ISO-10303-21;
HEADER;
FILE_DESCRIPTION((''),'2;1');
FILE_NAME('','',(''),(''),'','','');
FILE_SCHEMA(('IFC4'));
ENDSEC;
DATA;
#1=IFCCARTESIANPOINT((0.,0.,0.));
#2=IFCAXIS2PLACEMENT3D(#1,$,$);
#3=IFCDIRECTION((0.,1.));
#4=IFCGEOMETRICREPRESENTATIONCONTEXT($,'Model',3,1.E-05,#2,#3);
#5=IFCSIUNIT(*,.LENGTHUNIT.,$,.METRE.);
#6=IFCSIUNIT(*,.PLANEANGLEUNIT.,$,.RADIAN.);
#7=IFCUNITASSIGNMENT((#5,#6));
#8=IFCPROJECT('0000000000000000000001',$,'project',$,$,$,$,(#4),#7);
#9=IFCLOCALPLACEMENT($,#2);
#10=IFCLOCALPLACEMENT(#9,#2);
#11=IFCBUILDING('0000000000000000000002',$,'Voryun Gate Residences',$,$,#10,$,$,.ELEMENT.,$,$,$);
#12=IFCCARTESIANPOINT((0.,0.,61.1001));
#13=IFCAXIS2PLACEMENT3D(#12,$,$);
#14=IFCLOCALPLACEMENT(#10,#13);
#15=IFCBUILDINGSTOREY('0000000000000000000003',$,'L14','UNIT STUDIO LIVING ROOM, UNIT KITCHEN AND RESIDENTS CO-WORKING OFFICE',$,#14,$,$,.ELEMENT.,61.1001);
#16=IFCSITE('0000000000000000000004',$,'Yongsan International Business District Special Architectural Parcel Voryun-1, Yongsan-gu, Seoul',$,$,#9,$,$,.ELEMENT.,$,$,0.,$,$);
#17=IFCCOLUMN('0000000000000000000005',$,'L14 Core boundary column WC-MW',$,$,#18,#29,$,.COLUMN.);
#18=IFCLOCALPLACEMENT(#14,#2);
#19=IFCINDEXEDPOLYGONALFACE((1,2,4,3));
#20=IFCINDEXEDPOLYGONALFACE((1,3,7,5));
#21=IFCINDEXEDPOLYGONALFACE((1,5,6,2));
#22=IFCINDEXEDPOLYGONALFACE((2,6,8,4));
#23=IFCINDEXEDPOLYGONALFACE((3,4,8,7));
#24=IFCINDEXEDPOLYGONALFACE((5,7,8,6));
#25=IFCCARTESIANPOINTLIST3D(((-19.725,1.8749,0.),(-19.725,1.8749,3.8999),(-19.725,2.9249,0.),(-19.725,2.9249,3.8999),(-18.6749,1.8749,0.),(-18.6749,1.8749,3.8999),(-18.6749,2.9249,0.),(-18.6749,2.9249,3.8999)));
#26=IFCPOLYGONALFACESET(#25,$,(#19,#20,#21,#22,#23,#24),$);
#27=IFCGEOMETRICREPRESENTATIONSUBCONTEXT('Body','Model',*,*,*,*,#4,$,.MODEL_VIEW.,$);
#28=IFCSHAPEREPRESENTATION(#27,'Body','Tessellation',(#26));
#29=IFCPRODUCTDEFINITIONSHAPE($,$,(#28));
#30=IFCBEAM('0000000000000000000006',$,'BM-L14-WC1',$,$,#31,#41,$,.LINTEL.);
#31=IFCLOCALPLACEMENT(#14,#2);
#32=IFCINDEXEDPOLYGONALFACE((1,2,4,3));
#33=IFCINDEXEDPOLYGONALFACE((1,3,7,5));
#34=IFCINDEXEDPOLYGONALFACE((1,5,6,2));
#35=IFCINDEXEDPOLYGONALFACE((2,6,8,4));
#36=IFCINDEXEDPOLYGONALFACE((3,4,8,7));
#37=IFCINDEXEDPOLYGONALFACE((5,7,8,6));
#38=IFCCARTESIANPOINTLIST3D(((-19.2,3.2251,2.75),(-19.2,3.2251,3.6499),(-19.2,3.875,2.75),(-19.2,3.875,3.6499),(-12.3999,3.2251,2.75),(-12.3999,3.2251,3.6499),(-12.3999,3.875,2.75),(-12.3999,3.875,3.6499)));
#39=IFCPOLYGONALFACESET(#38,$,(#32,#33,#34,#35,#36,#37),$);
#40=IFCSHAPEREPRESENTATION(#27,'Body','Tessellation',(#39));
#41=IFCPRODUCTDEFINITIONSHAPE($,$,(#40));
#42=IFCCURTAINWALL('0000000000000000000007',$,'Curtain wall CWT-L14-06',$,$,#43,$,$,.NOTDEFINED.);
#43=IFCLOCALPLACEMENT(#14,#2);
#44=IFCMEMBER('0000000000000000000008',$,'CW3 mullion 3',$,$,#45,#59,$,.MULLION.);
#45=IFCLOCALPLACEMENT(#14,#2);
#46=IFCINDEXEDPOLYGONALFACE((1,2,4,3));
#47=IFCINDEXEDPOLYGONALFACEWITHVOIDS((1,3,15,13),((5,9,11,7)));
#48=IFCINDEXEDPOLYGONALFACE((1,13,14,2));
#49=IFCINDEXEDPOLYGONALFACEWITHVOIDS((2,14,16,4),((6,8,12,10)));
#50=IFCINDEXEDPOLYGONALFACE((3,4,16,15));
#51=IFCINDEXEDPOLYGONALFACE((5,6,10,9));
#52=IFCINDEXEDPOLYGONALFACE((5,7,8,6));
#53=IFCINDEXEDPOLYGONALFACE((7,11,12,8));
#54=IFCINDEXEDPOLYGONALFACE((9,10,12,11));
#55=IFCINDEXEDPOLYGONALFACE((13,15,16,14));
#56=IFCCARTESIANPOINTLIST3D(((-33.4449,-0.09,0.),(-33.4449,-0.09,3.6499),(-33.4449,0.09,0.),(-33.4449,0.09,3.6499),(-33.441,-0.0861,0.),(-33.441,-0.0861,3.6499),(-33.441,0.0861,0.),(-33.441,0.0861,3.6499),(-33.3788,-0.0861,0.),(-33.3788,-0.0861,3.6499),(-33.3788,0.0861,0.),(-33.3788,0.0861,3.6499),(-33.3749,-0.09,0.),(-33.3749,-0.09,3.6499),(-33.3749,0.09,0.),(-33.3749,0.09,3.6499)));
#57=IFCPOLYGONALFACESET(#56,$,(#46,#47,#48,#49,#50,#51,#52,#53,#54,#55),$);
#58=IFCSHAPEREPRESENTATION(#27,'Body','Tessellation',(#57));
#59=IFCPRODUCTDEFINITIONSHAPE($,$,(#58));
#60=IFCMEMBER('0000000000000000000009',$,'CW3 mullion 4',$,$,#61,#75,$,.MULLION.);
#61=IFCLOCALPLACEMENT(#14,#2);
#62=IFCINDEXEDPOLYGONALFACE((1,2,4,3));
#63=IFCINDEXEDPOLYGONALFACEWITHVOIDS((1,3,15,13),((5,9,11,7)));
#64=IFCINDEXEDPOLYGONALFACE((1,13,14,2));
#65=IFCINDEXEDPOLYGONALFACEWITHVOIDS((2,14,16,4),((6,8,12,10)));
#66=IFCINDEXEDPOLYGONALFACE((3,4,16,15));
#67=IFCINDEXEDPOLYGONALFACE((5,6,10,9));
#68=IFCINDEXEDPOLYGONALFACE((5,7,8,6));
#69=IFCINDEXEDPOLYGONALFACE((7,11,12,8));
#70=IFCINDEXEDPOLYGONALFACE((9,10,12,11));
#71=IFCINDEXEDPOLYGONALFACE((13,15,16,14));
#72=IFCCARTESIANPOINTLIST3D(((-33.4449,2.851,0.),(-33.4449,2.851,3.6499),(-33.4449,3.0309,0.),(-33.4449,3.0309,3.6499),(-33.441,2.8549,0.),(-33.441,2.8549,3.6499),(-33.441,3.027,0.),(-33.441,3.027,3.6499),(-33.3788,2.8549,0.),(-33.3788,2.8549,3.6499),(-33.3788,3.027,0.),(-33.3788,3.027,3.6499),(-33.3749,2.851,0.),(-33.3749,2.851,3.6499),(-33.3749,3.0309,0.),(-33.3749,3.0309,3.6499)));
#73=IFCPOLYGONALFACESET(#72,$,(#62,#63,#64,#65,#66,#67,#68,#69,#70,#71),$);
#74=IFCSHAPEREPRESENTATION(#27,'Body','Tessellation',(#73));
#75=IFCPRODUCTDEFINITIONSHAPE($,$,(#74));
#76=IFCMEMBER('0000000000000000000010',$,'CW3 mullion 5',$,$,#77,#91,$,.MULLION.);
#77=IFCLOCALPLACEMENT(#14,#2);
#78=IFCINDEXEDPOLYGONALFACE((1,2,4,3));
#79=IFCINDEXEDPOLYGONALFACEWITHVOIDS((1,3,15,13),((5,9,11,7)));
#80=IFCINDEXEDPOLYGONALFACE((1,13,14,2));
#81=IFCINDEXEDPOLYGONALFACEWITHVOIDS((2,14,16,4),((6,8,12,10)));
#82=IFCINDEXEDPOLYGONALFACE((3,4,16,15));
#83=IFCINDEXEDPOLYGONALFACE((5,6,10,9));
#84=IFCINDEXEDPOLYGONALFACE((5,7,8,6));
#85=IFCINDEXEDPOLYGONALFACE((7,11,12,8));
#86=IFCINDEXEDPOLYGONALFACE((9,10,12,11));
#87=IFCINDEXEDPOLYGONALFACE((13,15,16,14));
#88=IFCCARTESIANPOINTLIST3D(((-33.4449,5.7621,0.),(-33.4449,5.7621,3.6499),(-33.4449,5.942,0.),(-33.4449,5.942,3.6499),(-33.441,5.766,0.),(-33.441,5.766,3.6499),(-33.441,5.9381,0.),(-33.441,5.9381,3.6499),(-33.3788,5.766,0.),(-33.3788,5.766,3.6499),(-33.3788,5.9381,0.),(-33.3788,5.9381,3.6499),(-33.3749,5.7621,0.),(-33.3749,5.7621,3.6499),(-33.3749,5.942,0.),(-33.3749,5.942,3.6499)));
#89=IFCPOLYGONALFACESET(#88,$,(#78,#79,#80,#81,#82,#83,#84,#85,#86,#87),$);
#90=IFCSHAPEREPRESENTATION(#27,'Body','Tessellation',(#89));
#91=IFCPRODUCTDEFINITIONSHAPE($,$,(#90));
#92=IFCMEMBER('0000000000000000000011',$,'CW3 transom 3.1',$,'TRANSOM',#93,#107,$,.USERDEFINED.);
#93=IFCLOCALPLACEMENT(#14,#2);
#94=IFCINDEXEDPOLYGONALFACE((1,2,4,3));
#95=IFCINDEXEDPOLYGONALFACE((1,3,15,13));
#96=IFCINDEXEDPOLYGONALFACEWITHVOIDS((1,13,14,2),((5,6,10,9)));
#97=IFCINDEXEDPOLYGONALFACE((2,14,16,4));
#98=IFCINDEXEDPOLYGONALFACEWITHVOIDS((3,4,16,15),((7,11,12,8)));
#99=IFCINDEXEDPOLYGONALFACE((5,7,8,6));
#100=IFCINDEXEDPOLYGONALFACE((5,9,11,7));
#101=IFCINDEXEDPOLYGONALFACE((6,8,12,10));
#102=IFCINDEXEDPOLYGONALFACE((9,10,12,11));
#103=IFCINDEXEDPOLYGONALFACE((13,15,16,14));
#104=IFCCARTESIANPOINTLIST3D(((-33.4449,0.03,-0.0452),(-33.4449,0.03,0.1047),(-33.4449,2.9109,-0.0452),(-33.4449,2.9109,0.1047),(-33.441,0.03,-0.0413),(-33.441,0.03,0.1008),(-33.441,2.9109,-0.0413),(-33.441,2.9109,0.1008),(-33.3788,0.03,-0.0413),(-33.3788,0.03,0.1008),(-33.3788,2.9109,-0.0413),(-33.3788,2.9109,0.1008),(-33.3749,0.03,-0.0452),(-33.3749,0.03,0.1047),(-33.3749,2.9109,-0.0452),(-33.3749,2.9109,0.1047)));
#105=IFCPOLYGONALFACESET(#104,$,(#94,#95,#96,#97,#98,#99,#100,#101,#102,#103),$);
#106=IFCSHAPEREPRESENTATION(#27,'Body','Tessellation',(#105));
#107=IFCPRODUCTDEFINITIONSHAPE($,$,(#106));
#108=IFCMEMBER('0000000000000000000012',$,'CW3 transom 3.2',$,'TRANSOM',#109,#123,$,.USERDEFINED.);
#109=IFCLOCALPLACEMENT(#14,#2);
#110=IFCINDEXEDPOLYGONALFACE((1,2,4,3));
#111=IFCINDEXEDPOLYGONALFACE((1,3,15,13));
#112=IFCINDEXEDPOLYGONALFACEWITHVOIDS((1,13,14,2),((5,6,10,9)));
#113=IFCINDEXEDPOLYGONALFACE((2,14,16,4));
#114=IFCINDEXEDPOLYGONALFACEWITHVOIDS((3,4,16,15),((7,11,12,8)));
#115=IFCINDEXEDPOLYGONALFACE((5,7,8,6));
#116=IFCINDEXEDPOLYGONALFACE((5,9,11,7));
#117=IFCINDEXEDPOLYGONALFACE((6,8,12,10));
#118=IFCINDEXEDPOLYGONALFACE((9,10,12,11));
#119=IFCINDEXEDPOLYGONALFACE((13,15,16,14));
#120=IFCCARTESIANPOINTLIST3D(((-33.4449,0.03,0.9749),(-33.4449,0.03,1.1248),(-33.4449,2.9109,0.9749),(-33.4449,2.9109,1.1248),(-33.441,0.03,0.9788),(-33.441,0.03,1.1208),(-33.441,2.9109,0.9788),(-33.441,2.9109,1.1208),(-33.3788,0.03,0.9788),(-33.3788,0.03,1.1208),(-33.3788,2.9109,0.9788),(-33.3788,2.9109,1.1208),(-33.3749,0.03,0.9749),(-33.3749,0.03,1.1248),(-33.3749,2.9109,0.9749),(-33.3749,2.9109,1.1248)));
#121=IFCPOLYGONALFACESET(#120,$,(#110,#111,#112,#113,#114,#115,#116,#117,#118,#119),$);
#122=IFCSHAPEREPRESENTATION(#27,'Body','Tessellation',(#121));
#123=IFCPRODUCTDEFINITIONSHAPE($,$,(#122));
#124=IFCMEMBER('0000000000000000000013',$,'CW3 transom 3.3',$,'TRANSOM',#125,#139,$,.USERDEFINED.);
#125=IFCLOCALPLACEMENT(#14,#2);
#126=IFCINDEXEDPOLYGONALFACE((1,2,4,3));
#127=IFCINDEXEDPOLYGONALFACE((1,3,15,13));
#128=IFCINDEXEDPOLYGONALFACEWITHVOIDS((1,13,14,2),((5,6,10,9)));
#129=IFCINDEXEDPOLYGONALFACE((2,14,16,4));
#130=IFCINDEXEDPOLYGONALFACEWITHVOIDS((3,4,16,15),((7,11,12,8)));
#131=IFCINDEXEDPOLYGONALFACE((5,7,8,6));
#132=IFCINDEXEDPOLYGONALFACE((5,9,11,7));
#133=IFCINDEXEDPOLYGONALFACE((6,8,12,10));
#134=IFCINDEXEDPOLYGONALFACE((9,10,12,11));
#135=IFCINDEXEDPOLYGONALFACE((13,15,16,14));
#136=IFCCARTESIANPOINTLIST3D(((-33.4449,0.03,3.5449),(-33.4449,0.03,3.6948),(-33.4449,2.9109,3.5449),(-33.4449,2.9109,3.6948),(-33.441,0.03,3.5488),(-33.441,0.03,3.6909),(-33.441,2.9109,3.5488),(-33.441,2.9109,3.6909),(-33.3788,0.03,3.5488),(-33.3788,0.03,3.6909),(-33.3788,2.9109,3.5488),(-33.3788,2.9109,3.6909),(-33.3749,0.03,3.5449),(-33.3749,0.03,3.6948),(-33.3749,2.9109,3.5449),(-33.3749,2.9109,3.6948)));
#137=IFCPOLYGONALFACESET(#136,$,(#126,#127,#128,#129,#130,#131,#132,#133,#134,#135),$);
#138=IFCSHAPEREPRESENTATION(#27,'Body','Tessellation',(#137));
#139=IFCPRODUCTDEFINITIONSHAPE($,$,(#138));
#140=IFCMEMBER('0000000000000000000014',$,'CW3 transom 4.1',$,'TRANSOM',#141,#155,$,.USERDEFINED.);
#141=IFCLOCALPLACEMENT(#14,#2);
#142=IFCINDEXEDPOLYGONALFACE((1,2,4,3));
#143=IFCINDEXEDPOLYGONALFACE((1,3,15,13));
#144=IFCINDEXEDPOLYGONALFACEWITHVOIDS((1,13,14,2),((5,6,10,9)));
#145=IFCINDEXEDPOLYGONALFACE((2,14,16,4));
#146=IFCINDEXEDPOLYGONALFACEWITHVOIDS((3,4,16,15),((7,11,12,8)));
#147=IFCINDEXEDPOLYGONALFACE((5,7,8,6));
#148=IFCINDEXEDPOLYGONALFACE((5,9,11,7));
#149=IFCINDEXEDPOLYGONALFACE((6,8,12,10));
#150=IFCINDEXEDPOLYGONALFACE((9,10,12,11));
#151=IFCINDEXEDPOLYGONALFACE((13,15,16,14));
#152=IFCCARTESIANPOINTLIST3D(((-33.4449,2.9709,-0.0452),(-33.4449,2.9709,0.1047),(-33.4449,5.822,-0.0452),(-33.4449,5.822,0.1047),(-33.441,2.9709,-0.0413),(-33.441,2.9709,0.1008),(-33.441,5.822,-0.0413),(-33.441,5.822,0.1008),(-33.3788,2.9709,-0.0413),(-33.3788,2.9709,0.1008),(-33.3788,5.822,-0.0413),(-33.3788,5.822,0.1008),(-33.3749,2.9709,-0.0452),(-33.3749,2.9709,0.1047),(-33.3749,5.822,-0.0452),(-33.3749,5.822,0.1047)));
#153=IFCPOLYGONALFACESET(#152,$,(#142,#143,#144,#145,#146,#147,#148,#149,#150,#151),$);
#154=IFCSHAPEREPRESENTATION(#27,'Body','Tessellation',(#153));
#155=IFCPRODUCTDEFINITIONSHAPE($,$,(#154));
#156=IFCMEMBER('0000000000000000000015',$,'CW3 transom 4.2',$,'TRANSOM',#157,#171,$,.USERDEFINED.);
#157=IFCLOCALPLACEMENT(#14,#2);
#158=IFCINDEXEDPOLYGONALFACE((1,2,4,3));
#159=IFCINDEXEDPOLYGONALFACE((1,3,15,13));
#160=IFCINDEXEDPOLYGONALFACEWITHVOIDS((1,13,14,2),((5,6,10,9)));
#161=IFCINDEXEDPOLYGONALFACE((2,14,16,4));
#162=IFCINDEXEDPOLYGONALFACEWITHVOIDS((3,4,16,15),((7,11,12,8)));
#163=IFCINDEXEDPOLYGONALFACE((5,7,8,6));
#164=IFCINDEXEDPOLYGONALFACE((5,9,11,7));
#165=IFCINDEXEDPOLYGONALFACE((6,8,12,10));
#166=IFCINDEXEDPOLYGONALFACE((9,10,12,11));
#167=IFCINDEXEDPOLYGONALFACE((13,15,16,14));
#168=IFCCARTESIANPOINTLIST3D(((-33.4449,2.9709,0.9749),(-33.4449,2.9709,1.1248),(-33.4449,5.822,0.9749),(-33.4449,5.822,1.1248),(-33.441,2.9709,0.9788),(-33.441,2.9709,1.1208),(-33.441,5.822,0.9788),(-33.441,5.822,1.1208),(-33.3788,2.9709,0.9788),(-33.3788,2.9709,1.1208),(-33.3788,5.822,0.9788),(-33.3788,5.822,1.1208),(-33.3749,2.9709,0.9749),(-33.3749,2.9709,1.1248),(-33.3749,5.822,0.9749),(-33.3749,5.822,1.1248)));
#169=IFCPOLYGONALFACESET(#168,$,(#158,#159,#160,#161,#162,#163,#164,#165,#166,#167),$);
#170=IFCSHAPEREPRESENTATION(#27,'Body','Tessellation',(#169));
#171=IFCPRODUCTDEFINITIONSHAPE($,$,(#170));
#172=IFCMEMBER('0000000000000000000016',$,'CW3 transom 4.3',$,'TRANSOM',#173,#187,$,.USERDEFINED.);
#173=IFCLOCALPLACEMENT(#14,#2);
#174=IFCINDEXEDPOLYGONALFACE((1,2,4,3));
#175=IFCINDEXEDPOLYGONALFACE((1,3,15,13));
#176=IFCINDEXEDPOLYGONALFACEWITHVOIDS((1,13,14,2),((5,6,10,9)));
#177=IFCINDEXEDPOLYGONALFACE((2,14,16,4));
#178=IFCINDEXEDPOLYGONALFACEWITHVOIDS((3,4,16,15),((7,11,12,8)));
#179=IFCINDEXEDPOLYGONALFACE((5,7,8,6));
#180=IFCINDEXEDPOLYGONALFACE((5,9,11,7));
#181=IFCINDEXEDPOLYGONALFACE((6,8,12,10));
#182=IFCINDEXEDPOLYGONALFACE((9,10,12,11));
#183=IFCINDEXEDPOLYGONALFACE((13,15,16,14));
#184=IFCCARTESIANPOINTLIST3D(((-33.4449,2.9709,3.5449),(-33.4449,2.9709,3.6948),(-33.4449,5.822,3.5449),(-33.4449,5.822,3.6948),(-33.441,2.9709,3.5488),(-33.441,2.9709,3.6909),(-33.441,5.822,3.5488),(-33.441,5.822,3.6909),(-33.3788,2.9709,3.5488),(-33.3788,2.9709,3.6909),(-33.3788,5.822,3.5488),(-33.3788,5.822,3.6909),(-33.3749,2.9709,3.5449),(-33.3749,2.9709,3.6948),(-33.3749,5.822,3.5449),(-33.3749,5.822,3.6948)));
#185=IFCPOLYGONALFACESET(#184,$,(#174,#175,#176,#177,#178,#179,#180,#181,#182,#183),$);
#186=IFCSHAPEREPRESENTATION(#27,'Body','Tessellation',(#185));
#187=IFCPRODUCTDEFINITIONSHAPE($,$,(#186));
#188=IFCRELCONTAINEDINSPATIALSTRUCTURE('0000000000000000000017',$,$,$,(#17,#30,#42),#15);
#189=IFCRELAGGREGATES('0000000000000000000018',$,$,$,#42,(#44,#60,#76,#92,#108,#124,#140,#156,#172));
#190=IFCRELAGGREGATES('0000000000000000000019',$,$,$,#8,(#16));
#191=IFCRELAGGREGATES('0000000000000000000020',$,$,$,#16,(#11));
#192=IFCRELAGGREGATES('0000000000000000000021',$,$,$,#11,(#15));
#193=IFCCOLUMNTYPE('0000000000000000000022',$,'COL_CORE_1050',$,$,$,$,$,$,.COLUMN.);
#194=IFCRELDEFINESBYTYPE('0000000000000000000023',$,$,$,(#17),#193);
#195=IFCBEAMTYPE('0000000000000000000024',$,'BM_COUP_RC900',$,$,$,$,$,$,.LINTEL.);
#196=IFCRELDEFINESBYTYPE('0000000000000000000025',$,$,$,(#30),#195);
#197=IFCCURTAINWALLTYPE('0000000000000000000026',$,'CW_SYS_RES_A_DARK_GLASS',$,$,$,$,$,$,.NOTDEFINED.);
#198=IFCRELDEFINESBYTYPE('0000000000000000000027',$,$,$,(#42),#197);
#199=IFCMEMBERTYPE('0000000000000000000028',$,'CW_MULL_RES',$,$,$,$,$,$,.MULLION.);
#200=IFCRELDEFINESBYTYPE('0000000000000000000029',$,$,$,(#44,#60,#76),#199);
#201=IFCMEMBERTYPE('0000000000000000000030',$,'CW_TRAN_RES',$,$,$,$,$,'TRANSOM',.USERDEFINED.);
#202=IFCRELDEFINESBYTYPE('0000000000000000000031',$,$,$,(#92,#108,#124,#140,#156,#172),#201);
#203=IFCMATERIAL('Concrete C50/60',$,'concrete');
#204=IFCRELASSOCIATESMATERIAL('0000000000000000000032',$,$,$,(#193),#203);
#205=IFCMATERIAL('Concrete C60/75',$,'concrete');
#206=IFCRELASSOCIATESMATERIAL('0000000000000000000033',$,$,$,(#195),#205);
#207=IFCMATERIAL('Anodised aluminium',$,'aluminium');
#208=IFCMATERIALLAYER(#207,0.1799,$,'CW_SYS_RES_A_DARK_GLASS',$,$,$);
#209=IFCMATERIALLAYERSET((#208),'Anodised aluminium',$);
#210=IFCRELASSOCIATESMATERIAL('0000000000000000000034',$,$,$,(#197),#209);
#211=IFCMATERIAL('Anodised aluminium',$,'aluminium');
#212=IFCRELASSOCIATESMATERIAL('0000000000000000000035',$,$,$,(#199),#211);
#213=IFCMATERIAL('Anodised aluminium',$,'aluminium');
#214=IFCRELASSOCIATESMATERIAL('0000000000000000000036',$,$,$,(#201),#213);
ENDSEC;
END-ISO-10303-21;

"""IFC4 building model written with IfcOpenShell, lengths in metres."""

from ifc_helpers import new_model, si_unit, direction, frame, origin, origin_2d, place, context, subcontext, project, spatial, rectangle, hollow_rectangle, extrude, material, layer, layer_set, material_profile, profile_set, type_object, element, aggregate, save


model = new_model("IFC4")

# Units and contexts
model_context = context("Model", 3, precision=1e-05, world=origin(), true_north=direction((0.0, 1.0)))
body_context = subcontext(model_context, "Body", "Model", "MODEL_VIEW")
ifc_project = project(units=[si_unit("LENGTHUNIT", "METRE"), si_unit("PLANEANGLEUNIT", "RADIAN")], contexts=[model_context])

# Site, building, storey
site_placement = place(None, origin())
site = spatial("IfcSite", under=ifc_project, at=site_placement, Name="Yongsan International Business District Special Architectural Parcel Voryun-1, Yongsan-gu, Seoul", CompositionType="ELEMENT", RefElevation=0.0)
building_placement = place(site_placement, origin())
building = spatial("IfcBuilding", under=site, at=building_placement, Name="Voryun Gate Residences", CompositionType="ELEMENT")
storey_placement = place(building_placement, frame((0.0, 0.0, 61.1001)))
storey = spatial("IfcBuildingStorey", under=building, at=storey_placement, Name="L14", Description="UNIT STUDIO LIVING ROOM, UNIT KITCHEN AND RESIDENTS CO-WORKING OFFICE", CompositionType="ELEMENT", Elevation=61.1001)

# Column
ifc_material_1 = material(Name="Concrete C50/60", Category="concrete")
ifc_material_profile_1 = material_profile(ifc_material_1, rectangle(XDim=1.05, YDim=1.05, at=origin_2d()), Name="RC-1050x1050")
ifc_profile_set_1 = profile_set([ifc_material_profile_1], Name="Concrete C50/60")
column_type = type_object("IfcColumnType", Name="COL_CORE_1050", PredefinedType="COLUMN", material=ifc_profile_set_1)
column_placement = place(storey_placement, frame((-19.2, 2.3999, 0.0), z_axis=(0.0, 0.0, 1.0), x_axis=(1.0, 0.0, 0.0)))
element("IfcColumn", 1, at=column_placement, inside=storey, type_object=column_type, Name="L14 Core boundary column WC-MW", PredefinedType="COLUMN", context=body_context, shape_type="SweptSolid", body=[
    extrude(rectangle(XDim=1.05, YDim=1.05, at=origin_2d()), origin(), (0.0, 0.0, 1.0), 3.8999),
])

# Beam
ifc_material_2 = material(Name="Concrete C60/75", Category="concrete")
ifc_material_profile_2 = material_profile(ifc_material_2, rectangle(XDim=0.6499, YDim=0.8999, at=origin_2d()), Name="RC-650x900")
ifc_profile_set_2 = profile_set([ifc_material_profile_2], Name="Concrete C60/75")
beam_type = type_object("IfcBeamType", Name="BM_COUP_RC900", PredefinedType="LINTEL", material=ifc_profile_set_2)
beam_placement = place(storey_placement, frame((-19.2, 3.55, 3.2), z_axis=(1.0, 0.0, 0.0), x_axis=(0.0, 1.0, 0.0)))
element("IfcBeam", 2, at=beam_placement, inside=storey, type_object=beam_type, Name="BM-L14-WC1", PredefinedType="LINTEL", context=body_context, shape_type="SweptSolid", body=[
    extrude(rectangle(XDim=0.6499, YDim=0.8999, at=origin_2d()), origin(), (0.0, 0.0, 1.0), 6.8),
])

# Curtain wall, members
ifc_material_3 = material(Name="Anodised aluminium", Category="aluminium")
ifc_layer_1 = layer(ifc_material_3, 0.1799, Name="CW_SYS_RES_A_DARK_GLASS")
ifc_layer_set_1 = layer_set([ifc_layer_1], Name="Anodised aluminium")
curtain_wall_type = type_object("IfcCurtainWallType", Name="CW_SYS_RES_A_DARK_GLASS", PredefinedType="NOTDEFINED", material=ifc_layer_set_1)
curtain_wall_placement = place(storey_placement, origin())
curtain_wall = element("IfcCurtainWall", 3, at=curtain_wall_placement, inside=storey, type_object=curtain_wall_type, Name="Curtain wall CWT-L14-06", PredefinedType="NOTDEFINED")
ifc_material_4 = material(Name="Anodised aluminium", Category="aluminium")
ifc_material_profile_3 = material_profile(ifc_material_4, hollow_rectangle(XDim=0.0701, YDim=0.1799, WallThickness=0.0039, at=origin_2d()), Name="ALU-MULL-180x70x4")
ifc_profile_set_3 = profile_set([ifc_material_profile_3], Name="Anodised aluminium")
member_type_1 = type_object("IfcMemberType", Name="CW_MULL_RES", PredefinedType="MULLION", material=ifc_profile_set_3)
member_1_placement = place(storey_placement, frame((-33.4099, 0.0, 0.0), z_axis=(0.0, 0.0, 1.0), x_axis=(-1.0, 0.0, 0.0)))
member_1 = element("IfcMember", 4, at=member_1_placement, type_object=member_type_1, Name="CW3 mullion 3", PredefinedType="MULLION", context=body_context, shape_type="SweptSolid", body=[
    extrude(hollow_rectangle(XDim=0.0701, YDim=0.1799, WallThickness=0.0039, at=origin_2d()), origin(), (0.0, 0.0, 1.0), 3.6499),
])
member_2_placement = place(storey_placement, frame((-33.4099, 2.9409, 0.0), z_axis=(0.0, 0.0, 1.0), x_axis=(-1.0, 0.0, 0.0)))
member_2 = element("IfcMember", 5, at=member_2_placement, type_object=member_type_1, Name="CW3 mullion 4", PredefinedType="MULLION", context=body_context, shape_type="SweptSolid", body=[
    extrude(hollow_rectangle(XDim=0.0701, YDim=0.1799, WallThickness=0.0039, at=origin_2d()), origin(), (0.0, 0.0, 1.0), 3.6499),
])
member_3_placement = place(storey_placement, frame((-33.4099, 5.8521, 0.0), z_axis=(0.0, 0.0, 1.0), x_axis=(-1.0, 0.0, 0.0)))
member_3 = element("IfcMember", 6, at=member_3_placement, type_object=member_type_1, Name="CW3 mullion 5", PredefinedType="MULLION", context=body_context, shape_type="SweptSolid", body=[
    extrude(hollow_rectangle(XDim=0.0701, YDim=0.1799, WallThickness=0.0039, at=origin_2d()), origin(), (0.0, 0.0, 1.0), 3.6499),
])
ifc_material_5 = material(Name="Anodised aluminium", Category="aluminium")
ifc_material_profile_4 = material_profile(ifc_material_5, hollow_rectangle(XDim=0.0701, YDim=0.1499, WallThickness=0.0039, at=origin_2d()), Name="ALU-TRAN-150x70x4")
ifc_profile_set_4 = profile_set([ifc_material_profile_4], Name="Anodised aluminium")
member_type_2 = type_object("IfcMemberType", Name="CW_TRAN_RES", ElementType="TRANSOM", PredefinedType="USERDEFINED", material=ifc_profile_set_4)
member_4_placement = place(storey_placement, frame((-33.4099, 0.03, 0.0298), z_axis=(0.0, 1.0, 0.0), x_axis=(-1.0, 0.0, 0.0)))
member_4 = element("IfcMember", 7, at=member_4_placement, type_object=member_type_2, Name="CW3 transom 3.1", ObjectType="TRANSOM", PredefinedType="USERDEFINED", context=body_context, shape_type="SweptSolid", body=[
    extrude(hollow_rectangle(XDim=0.0701, YDim=0.1499, WallThickness=0.0039, at=origin_2d()), origin(), (0.0, 0.0, 1.0), 2.8809),
])
member_5_placement = place(storey_placement, frame((-33.4099, 0.03, 1.0498), z_axis=(0.0, 1.0, 0.0), x_axis=(-1.0, 0.0, 0.0)))
member_5 = element("IfcMember", 8, at=member_5_placement, type_object=member_type_2, Name="CW3 transom 3.2", ObjectType="TRANSOM", PredefinedType="USERDEFINED", context=body_context, shape_type="SweptSolid", body=[
    extrude(hollow_rectangle(XDim=0.0701, YDim=0.1499, WallThickness=0.0039, at=origin_2d()), origin(), (0.0, 0.0, 1.0), 2.8809),
])
member_6_placement = place(storey_placement, frame((-33.4099, 0.03, 3.6199), z_axis=(0.0, 1.0, 0.0), x_axis=(-1.0, 0.0, 0.0)))
member_6 = element("IfcMember", 9, at=member_6_placement, type_object=member_type_2, Name="CW3 transom 3.3", ObjectType="TRANSOM", PredefinedType="USERDEFINED", context=body_context, shape_type="SweptSolid", body=[
    extrude(hollow_rectangle(XDim=0.0701, YDim=0.1499, WallThickness=0.0039, at=origin_2d()), origin(), (0.0, 0.0, 1.0), 2.8809),
])
member_7_placement = place(storey_placement, frame((-33.4099, 2.9709, 0.0298), z_axis=(0.0, 1.0, 0.0), x_axis=(-1.0, 0.0, 0.0)))
member_7 = element("IfcMember", 10, at=member_7_placement, type_object=member_type_2, Name="CW3 transom 4.1", ObjectType="TRANSOM", PredefinedType="USERDEFINED", context=body_context, shape_type="SweptSolid", body=[
    extrude(hollow_rectangle(XDim=0.0701, YDim=0.1499, WallThickness=0.0039, at=origin_2d()), origin(), (0.0, 0.0, 1.0), 2.8511),
])
member_8_placement = place(storey_placement, frame((-33.4099, 2.9709, 1.0498), z_axis=(0.0, 1.0, 0.0), x_axis=(-1.0, 0.0, 0.0)))
member_8 = element("IfcMember", 11, at=member_8_placement, type_object=member_type_2, Name="CW3 transom 4.2", ObjectType="TRANSOM", PredefinedType="USERDEFINED", context=body_context, shape_type="SweptSolid", body=[
    extrude(hollow_rectangle(XDim=0.0701, YDim=0.1499, WallThickness=0.0039, at=origin_2d()), origin(), (0.0, 0.0, 1.0), 2.8511),
])
member_9_placement = place(storey_placement, frame((-33.4099, 2.9709, 3.6199), z_axis=(0.0, 1.0, 0.0), x_axis=(-1.0, 0.0, 0.0)))
member_9 = element("IfcMember", 12, at=member_9_placement, type_object=member_type_2, Name="CW3 transom 4.3", ObjectType="TRANSOM", PredefinedType="USERDEFINED", context=body_context, shape_type="SweptSolid", body=[
    extrude(hollow_rectangle(XDim=0.0701, YDim=0.1499, WallThickness=0.0039, at=origin_2d()), origin(), (0.0, 0.0, 1.0), 2.8511),
])
aggregate(curtain_wall, [member_1, member_2, member_3, member_4, member_5, member_6, member_7, member_8, member_9])

save(model, "model.ifc")
